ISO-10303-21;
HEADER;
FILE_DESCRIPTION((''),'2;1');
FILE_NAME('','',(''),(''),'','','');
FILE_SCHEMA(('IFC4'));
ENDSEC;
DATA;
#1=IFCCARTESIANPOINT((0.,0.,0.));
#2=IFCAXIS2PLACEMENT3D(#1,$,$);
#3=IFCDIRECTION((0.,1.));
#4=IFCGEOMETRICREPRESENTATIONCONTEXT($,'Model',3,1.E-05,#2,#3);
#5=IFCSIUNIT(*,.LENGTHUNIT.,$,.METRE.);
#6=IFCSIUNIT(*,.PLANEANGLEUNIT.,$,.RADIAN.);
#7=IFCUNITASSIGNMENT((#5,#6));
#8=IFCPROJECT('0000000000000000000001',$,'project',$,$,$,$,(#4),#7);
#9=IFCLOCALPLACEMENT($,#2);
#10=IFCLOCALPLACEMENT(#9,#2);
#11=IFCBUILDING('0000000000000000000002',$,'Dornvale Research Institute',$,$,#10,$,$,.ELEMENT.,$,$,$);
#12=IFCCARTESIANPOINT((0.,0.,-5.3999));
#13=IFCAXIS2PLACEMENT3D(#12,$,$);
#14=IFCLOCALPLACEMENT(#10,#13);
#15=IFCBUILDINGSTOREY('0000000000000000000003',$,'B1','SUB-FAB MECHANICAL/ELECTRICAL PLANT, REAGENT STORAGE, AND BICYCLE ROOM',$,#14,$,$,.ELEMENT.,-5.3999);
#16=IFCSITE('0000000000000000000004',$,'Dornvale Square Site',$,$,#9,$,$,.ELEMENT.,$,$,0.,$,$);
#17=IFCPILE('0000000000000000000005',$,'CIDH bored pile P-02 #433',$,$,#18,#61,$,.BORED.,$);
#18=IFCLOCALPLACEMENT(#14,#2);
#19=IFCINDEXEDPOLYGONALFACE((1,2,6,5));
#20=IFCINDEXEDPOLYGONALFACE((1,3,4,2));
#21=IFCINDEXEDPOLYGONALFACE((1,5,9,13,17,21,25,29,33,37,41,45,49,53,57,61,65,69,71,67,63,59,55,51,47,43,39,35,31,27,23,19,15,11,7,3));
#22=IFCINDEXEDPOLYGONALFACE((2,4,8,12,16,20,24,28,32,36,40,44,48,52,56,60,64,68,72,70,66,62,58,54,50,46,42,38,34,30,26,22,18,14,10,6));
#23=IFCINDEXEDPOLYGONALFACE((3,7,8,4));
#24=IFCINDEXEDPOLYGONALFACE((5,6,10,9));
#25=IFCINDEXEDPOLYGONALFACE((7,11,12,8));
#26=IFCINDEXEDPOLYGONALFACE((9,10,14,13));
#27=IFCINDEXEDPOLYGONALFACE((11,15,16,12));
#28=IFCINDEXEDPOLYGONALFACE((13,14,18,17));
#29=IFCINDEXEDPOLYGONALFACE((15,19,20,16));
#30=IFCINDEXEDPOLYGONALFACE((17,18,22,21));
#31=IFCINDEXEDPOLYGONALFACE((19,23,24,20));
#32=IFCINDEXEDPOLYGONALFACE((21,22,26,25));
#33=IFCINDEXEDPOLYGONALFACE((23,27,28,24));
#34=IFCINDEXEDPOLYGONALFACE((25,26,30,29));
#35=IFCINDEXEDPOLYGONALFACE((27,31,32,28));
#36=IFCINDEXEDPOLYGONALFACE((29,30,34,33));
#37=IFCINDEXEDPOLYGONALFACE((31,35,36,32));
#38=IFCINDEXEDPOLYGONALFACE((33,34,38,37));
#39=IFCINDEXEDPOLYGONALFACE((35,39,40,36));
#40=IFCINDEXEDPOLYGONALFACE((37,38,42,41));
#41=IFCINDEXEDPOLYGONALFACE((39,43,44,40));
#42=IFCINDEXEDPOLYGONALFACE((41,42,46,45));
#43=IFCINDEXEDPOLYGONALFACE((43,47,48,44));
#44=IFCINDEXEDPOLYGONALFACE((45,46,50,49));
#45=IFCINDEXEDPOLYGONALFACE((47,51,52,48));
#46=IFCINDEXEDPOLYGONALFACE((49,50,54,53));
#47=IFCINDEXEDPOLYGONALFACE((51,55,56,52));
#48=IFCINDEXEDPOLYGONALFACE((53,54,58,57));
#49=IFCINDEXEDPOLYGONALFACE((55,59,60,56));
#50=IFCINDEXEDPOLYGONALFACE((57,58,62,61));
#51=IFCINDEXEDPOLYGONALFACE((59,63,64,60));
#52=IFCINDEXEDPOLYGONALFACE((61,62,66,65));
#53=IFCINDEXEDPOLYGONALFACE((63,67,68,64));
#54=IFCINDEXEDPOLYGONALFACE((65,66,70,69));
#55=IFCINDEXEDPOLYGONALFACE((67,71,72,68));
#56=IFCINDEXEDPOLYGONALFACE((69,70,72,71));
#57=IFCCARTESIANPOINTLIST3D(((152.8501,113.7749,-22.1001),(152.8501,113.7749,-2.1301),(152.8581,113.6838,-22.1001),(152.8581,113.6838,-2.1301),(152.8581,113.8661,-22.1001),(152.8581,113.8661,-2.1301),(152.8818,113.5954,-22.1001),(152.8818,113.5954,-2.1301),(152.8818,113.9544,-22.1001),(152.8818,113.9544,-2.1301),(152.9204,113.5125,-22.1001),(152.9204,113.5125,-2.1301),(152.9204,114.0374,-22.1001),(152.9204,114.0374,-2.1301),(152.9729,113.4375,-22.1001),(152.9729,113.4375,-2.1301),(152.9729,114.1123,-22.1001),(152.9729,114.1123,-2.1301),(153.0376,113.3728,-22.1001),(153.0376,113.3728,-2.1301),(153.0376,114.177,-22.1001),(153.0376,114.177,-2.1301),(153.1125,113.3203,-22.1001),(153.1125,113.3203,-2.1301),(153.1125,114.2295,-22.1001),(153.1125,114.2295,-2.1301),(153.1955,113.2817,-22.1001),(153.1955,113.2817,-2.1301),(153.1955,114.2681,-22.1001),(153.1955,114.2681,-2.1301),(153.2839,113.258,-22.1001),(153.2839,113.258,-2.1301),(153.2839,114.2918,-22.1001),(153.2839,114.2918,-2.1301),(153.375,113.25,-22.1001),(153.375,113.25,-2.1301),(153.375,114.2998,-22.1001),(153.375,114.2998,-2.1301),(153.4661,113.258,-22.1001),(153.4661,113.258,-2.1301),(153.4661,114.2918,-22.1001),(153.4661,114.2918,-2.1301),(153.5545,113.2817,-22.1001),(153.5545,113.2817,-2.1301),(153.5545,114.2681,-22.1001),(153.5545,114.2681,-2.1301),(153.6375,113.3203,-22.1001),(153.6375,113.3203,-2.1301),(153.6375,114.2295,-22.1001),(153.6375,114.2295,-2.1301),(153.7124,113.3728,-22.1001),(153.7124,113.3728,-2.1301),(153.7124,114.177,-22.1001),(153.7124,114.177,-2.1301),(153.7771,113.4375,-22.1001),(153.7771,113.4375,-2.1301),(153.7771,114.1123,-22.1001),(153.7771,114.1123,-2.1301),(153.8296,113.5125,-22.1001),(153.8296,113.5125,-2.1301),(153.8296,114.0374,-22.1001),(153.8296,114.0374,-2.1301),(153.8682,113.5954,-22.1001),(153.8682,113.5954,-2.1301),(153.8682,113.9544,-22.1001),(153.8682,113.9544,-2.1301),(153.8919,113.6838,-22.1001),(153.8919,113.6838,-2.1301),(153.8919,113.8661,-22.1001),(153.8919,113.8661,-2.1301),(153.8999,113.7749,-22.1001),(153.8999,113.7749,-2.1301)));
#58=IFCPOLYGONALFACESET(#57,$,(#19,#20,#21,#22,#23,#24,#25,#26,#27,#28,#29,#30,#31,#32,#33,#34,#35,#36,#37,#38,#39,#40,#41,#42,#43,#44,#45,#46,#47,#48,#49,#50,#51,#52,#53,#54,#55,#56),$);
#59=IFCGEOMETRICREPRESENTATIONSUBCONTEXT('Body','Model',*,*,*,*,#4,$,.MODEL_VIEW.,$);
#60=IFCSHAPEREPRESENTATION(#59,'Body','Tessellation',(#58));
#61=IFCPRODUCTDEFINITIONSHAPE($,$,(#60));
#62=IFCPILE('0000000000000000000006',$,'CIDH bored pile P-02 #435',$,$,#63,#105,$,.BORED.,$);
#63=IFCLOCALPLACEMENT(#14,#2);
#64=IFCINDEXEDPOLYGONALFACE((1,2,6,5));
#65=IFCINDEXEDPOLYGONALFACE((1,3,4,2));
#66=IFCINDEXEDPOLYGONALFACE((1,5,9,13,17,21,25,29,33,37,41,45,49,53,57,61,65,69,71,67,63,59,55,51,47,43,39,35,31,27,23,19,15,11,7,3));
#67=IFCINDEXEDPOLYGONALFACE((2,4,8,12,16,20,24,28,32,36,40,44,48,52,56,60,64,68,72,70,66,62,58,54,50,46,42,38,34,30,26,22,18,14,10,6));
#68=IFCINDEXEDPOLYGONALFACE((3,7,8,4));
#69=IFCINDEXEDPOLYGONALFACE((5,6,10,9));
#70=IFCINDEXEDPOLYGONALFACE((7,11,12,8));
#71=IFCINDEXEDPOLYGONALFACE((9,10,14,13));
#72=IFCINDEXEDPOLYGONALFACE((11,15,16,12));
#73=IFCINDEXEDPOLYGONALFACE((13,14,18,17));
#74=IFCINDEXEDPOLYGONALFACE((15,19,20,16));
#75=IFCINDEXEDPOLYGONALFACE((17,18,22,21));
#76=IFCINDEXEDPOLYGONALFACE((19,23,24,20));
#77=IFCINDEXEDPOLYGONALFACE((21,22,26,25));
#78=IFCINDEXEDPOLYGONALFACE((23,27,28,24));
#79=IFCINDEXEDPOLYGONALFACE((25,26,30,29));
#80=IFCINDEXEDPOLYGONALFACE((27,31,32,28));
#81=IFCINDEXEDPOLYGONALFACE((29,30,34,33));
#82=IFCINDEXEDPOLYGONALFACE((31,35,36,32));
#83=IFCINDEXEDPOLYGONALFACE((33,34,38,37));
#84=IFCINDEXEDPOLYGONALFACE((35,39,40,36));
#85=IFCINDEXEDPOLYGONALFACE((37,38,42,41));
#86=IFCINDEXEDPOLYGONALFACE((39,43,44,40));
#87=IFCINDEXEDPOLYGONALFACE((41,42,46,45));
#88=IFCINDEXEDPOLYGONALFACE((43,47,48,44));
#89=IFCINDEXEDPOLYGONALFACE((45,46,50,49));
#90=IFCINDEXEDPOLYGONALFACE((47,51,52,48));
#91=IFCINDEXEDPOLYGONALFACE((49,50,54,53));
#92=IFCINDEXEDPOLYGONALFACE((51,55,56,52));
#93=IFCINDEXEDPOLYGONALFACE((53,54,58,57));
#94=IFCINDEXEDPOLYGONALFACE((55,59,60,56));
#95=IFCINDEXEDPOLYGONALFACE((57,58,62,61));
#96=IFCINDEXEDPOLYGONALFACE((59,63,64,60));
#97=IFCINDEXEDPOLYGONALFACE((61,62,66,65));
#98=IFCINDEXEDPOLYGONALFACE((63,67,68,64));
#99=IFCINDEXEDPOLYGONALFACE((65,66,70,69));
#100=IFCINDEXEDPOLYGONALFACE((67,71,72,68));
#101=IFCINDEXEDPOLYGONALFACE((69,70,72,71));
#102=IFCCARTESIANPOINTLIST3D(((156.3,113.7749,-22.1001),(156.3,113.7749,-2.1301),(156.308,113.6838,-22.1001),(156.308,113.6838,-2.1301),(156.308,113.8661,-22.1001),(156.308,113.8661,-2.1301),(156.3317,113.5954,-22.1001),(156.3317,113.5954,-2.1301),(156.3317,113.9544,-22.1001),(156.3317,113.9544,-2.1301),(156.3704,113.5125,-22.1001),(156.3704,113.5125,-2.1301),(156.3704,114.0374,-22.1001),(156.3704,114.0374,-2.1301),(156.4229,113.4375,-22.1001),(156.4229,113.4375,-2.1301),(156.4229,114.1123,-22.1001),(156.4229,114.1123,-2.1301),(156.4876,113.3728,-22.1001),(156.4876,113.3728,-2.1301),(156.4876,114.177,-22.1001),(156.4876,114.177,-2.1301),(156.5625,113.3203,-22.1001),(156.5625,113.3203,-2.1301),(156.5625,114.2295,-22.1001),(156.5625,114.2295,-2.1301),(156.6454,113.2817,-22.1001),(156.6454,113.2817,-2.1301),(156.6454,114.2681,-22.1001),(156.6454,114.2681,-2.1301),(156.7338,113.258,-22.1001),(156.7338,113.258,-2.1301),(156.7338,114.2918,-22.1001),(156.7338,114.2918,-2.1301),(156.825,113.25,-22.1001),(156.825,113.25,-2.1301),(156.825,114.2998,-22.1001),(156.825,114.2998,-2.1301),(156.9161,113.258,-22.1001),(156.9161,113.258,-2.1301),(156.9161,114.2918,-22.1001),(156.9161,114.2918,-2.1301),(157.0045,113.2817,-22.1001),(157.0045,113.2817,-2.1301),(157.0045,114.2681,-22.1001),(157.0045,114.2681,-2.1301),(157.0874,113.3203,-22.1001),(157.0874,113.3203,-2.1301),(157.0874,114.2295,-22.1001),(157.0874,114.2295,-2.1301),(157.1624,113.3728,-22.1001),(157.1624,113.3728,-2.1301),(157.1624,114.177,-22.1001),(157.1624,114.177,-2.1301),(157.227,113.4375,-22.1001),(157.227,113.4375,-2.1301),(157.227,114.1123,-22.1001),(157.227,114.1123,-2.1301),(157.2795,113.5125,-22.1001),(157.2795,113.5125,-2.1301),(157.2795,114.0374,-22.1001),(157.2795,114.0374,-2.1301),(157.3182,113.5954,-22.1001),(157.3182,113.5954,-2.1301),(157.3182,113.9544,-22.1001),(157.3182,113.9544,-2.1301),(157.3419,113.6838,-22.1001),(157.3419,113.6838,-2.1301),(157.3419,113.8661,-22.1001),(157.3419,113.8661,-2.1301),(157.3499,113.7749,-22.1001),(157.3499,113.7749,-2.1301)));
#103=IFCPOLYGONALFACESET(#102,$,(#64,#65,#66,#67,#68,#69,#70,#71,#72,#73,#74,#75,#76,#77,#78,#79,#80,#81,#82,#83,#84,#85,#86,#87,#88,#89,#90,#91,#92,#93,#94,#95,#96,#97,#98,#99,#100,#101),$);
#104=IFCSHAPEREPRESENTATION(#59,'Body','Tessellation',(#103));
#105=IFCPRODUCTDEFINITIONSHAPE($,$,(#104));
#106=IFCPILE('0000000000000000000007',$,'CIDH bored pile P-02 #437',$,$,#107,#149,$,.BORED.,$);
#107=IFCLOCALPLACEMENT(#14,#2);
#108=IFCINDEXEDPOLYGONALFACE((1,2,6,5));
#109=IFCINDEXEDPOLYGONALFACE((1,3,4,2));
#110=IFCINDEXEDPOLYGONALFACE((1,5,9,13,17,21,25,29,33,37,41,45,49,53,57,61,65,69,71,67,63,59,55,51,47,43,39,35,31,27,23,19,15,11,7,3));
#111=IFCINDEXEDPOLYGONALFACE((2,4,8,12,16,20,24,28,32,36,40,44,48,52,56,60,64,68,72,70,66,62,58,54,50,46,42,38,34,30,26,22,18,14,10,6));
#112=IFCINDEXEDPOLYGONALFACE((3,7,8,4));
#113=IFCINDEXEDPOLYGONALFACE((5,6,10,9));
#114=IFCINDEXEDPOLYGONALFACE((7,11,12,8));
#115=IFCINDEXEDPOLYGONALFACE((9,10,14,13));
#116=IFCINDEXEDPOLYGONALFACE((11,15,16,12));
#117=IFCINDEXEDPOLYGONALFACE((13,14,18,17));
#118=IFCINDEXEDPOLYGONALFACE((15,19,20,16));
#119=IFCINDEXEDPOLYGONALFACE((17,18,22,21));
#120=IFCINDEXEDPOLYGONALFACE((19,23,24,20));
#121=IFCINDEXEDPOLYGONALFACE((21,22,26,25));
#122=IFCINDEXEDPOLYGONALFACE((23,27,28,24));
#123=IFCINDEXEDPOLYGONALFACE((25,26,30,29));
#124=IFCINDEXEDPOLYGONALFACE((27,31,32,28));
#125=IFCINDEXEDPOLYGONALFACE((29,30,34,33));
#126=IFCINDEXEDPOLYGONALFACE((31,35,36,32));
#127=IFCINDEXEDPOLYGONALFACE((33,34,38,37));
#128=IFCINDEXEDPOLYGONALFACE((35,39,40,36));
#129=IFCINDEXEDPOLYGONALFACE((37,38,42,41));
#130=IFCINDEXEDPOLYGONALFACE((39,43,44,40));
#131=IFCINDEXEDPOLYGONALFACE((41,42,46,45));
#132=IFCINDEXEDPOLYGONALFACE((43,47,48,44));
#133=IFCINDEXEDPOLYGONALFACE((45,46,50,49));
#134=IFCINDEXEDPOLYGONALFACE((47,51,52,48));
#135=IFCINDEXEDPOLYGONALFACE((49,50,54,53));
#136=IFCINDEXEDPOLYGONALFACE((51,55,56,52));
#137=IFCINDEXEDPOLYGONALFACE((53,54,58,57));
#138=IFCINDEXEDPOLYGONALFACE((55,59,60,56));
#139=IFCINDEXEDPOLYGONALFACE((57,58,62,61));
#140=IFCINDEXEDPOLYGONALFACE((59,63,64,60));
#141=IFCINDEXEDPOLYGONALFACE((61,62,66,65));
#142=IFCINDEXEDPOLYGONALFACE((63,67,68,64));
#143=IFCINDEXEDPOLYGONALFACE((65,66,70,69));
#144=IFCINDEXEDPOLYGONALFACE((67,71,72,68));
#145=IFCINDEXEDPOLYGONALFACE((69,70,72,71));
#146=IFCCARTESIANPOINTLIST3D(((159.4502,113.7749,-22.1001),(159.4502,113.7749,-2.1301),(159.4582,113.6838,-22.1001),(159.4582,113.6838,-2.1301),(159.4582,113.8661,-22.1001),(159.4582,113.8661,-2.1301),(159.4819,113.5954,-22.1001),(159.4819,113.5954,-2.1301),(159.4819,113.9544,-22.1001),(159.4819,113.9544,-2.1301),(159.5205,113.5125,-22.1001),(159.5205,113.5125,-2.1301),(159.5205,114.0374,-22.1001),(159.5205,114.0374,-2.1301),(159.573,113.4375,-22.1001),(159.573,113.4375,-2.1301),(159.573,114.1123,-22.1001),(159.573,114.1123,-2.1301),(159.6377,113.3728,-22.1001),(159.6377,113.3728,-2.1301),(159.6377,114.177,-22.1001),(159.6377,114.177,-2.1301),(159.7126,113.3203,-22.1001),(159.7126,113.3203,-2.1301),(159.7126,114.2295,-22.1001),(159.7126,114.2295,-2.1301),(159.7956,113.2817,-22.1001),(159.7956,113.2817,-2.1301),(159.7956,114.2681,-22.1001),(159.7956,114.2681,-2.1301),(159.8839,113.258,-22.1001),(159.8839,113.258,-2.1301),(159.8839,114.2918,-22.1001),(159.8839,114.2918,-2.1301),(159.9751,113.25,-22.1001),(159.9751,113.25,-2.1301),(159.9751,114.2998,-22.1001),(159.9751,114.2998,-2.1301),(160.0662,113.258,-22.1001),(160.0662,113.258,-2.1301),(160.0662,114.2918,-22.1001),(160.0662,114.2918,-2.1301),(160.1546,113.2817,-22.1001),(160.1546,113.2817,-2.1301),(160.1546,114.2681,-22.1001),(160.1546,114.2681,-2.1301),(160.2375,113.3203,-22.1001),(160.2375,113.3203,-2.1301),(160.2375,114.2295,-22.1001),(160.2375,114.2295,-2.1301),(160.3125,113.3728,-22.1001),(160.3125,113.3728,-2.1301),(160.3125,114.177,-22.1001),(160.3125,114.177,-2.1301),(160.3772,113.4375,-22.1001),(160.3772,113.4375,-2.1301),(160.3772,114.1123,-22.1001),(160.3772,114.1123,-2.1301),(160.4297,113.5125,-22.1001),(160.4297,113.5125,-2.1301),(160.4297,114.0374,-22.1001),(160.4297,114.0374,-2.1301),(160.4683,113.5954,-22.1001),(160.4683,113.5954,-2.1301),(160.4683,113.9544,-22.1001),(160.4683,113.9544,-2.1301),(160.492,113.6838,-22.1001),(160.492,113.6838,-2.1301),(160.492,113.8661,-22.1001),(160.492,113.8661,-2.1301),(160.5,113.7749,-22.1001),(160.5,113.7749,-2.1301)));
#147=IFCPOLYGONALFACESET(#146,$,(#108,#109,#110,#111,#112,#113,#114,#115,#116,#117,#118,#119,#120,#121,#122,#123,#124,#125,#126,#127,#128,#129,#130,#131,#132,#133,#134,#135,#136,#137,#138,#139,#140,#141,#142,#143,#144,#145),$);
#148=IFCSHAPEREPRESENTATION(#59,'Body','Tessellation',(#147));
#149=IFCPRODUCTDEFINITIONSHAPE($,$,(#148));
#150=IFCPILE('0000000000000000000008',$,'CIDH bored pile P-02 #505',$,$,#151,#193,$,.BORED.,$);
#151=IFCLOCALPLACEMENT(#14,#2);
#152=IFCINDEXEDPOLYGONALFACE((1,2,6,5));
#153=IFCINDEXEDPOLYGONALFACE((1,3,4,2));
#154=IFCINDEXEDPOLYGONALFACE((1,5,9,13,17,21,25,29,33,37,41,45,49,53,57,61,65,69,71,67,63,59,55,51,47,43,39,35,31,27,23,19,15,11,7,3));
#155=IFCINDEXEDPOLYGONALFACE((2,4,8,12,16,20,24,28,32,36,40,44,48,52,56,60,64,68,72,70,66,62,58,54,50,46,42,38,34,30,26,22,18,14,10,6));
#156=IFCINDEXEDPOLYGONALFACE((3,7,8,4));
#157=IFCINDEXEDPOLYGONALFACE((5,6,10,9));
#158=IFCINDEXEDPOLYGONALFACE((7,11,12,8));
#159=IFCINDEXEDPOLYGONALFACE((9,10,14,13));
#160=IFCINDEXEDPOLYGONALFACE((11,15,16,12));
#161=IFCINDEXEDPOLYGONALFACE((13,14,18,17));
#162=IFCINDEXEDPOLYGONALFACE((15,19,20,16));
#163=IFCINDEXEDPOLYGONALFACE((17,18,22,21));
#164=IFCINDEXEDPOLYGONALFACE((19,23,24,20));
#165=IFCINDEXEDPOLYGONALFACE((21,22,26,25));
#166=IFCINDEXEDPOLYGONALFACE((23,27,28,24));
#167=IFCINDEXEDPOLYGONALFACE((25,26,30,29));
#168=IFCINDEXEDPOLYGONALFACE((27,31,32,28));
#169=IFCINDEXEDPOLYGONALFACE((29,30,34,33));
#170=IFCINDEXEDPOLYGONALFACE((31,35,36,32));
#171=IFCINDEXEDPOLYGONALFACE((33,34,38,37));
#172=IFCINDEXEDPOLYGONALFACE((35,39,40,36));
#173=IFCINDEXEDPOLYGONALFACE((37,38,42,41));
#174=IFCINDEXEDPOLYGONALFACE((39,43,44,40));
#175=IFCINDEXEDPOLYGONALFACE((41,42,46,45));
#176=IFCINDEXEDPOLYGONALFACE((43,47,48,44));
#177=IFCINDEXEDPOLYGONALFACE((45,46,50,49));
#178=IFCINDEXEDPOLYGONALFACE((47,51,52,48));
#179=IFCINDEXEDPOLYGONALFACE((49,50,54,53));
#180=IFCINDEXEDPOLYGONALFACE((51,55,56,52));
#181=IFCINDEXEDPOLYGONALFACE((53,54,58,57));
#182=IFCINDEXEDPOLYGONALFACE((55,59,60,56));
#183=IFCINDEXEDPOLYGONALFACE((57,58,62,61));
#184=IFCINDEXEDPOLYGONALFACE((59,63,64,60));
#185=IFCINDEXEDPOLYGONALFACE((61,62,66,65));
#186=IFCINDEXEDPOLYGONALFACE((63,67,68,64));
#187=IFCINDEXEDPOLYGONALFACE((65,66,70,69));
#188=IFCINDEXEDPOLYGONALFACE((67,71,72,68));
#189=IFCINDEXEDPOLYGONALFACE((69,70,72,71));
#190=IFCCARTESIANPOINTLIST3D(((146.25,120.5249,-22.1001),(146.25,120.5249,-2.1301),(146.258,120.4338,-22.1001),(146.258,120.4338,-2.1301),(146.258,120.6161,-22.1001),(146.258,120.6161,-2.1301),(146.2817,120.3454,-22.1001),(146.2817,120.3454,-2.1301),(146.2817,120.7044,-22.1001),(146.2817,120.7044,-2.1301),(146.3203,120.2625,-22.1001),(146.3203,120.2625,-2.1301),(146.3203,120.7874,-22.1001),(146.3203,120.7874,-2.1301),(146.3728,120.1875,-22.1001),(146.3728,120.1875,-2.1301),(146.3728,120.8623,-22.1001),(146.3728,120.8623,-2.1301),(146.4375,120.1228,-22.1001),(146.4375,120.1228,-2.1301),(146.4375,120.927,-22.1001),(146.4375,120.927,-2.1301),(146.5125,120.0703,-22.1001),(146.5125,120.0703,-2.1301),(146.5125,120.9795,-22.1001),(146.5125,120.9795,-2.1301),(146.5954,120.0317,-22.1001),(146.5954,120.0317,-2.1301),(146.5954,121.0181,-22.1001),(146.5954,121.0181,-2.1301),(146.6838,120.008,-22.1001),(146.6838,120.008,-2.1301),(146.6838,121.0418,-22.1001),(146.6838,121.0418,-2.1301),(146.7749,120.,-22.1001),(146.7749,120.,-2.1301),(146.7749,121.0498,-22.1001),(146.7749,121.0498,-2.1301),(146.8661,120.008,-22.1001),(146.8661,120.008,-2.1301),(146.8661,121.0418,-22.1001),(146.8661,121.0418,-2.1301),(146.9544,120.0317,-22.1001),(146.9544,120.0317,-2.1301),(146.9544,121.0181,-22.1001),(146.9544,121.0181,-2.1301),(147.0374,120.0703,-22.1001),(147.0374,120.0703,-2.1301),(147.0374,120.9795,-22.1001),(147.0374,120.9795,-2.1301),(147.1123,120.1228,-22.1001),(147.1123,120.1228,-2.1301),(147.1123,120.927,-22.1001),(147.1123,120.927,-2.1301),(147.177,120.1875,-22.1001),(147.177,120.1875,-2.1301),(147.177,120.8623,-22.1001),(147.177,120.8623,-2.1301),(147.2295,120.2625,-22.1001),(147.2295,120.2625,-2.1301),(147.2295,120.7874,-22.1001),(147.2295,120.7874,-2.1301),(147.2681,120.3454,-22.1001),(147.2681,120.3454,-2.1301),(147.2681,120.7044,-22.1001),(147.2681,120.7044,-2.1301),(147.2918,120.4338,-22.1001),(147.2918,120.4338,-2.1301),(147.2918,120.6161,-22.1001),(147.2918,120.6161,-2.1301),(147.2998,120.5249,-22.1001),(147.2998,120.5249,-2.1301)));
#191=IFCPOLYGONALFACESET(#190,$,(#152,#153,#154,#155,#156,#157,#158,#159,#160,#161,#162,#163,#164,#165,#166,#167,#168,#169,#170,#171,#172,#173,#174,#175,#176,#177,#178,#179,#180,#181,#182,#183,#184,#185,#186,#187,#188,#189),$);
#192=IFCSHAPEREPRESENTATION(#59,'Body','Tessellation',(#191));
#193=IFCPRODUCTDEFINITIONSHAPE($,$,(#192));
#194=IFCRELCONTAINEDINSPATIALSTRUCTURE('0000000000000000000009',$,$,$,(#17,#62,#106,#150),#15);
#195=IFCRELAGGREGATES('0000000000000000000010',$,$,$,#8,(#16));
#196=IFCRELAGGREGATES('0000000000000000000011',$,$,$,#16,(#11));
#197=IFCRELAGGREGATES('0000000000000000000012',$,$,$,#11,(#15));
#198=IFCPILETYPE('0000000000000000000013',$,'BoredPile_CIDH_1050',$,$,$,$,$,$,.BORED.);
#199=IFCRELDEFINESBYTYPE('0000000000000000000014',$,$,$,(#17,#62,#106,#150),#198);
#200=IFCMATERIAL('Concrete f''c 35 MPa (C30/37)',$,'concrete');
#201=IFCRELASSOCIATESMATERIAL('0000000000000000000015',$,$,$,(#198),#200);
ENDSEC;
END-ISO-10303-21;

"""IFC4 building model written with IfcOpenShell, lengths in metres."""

from ifc_helpers import new_model, si_unit, direction, frame, origin, origin_2d, place, context, subcontext, project, spatial, circle, extrude, material, material_profile, profile_set, type_object, element, save


model = new_model("IFC4")

# Units and contexts
model_context = context("Model", 3, precision=1e-05, world=origin(), true_north=direction((0.0, 1.0)))
body_context = subcontext(model_context, "Body", "Model", "MODEL_VIEW")
ifc_project = project(units=[si_unit("LENGTHUNIT", "METRE"), si_unit("PLANEANGLEUNIT", "RADIAN")], contexts=[model_context])

# Site, building, storey
site_placement = place(None, origin())
site = spatial("IfcSite", under=ifc_project, at=site_placement, Name="Dornvale Square Site", CompositionType="ELEMENT", RefElevation=0.0)
building_placement = place(site_placement, origin())
building = spatial("IfcBuilding", under=site, at=building_placement, Name="Dornvale Research Institute", CompositionType="ELEMENT")
storey_placement = place(building_placement, frame((0.0, 0.0, -5.3999)))
storey = spatial("IfcBuildingStorey", under=building, at=storey_placement, Name="B1", Description="SUB-FAB MECHANICAL/ELECTRICAL PLANT, REAGENT STORAGE, AND BICYCLE ROOM", CompositionType="ELEMENT", Elevation=-5.3999)

# Piles
ifc_material_1 = material(Name="Concrete f'c 35 MPa (C30/37)", Category="concrete")
ifc_material_profile_1 = material_profile(ifc_material_1, circle(Radius=0.5249, at=origin_2d()), Name="CIDH PILE D1050")
ifc_profile_set_1 = profile_set([ifc_material_profile_1], Name="Concrete f'c 35 MPa (C30/37)")
pile_type = type_object("IfcPileType", Name="BoredPile_CIDH_1050", PredefinedType="BORED", material=ifc_profile_set_1)
for number, where, z_axis, x_axis, name in (
    (1, (153.375, 113.7749, -2.1301), (0.0, 0.0, -1.0), (1.0, 0.0, 0.0), "CIDH bored pile P-02 #433"),
    (2, (156.825, 113.7749, -2.1301), (0.0, 0.0, -1.0), (1.0, 0.0, 0.0), "CIDH bored pile P-02 #435"),
    (3, (159.9751, 113.7749, -2.1301), (0.0, 0.0, -1.0), (1.0, 0.0, 0.0), "CIDH bored pile P-02 #437"),
    (4, (146.7749, 120.5249, -2.1301), (0.0, 0.0, -1.0), (1.0, 0.0, 0.0), "CIDH bored pile P-02 #505"),
):
    element("IfcPile", number, at=place(storey_placement, frame(where, z_axis=z_axis, x_axis=x_axis)), inside=storey, type_object=pile_type, Name=name, PredefinedType="BORED", context=body_context, shape_type="SweptSolid", body=[
        extrude(circle(Radius=0.5249, at=origin_2d()), origin(), (0.0, 0.0, 1.0), 19.97),
    ])

save(model, "model.ifc")
